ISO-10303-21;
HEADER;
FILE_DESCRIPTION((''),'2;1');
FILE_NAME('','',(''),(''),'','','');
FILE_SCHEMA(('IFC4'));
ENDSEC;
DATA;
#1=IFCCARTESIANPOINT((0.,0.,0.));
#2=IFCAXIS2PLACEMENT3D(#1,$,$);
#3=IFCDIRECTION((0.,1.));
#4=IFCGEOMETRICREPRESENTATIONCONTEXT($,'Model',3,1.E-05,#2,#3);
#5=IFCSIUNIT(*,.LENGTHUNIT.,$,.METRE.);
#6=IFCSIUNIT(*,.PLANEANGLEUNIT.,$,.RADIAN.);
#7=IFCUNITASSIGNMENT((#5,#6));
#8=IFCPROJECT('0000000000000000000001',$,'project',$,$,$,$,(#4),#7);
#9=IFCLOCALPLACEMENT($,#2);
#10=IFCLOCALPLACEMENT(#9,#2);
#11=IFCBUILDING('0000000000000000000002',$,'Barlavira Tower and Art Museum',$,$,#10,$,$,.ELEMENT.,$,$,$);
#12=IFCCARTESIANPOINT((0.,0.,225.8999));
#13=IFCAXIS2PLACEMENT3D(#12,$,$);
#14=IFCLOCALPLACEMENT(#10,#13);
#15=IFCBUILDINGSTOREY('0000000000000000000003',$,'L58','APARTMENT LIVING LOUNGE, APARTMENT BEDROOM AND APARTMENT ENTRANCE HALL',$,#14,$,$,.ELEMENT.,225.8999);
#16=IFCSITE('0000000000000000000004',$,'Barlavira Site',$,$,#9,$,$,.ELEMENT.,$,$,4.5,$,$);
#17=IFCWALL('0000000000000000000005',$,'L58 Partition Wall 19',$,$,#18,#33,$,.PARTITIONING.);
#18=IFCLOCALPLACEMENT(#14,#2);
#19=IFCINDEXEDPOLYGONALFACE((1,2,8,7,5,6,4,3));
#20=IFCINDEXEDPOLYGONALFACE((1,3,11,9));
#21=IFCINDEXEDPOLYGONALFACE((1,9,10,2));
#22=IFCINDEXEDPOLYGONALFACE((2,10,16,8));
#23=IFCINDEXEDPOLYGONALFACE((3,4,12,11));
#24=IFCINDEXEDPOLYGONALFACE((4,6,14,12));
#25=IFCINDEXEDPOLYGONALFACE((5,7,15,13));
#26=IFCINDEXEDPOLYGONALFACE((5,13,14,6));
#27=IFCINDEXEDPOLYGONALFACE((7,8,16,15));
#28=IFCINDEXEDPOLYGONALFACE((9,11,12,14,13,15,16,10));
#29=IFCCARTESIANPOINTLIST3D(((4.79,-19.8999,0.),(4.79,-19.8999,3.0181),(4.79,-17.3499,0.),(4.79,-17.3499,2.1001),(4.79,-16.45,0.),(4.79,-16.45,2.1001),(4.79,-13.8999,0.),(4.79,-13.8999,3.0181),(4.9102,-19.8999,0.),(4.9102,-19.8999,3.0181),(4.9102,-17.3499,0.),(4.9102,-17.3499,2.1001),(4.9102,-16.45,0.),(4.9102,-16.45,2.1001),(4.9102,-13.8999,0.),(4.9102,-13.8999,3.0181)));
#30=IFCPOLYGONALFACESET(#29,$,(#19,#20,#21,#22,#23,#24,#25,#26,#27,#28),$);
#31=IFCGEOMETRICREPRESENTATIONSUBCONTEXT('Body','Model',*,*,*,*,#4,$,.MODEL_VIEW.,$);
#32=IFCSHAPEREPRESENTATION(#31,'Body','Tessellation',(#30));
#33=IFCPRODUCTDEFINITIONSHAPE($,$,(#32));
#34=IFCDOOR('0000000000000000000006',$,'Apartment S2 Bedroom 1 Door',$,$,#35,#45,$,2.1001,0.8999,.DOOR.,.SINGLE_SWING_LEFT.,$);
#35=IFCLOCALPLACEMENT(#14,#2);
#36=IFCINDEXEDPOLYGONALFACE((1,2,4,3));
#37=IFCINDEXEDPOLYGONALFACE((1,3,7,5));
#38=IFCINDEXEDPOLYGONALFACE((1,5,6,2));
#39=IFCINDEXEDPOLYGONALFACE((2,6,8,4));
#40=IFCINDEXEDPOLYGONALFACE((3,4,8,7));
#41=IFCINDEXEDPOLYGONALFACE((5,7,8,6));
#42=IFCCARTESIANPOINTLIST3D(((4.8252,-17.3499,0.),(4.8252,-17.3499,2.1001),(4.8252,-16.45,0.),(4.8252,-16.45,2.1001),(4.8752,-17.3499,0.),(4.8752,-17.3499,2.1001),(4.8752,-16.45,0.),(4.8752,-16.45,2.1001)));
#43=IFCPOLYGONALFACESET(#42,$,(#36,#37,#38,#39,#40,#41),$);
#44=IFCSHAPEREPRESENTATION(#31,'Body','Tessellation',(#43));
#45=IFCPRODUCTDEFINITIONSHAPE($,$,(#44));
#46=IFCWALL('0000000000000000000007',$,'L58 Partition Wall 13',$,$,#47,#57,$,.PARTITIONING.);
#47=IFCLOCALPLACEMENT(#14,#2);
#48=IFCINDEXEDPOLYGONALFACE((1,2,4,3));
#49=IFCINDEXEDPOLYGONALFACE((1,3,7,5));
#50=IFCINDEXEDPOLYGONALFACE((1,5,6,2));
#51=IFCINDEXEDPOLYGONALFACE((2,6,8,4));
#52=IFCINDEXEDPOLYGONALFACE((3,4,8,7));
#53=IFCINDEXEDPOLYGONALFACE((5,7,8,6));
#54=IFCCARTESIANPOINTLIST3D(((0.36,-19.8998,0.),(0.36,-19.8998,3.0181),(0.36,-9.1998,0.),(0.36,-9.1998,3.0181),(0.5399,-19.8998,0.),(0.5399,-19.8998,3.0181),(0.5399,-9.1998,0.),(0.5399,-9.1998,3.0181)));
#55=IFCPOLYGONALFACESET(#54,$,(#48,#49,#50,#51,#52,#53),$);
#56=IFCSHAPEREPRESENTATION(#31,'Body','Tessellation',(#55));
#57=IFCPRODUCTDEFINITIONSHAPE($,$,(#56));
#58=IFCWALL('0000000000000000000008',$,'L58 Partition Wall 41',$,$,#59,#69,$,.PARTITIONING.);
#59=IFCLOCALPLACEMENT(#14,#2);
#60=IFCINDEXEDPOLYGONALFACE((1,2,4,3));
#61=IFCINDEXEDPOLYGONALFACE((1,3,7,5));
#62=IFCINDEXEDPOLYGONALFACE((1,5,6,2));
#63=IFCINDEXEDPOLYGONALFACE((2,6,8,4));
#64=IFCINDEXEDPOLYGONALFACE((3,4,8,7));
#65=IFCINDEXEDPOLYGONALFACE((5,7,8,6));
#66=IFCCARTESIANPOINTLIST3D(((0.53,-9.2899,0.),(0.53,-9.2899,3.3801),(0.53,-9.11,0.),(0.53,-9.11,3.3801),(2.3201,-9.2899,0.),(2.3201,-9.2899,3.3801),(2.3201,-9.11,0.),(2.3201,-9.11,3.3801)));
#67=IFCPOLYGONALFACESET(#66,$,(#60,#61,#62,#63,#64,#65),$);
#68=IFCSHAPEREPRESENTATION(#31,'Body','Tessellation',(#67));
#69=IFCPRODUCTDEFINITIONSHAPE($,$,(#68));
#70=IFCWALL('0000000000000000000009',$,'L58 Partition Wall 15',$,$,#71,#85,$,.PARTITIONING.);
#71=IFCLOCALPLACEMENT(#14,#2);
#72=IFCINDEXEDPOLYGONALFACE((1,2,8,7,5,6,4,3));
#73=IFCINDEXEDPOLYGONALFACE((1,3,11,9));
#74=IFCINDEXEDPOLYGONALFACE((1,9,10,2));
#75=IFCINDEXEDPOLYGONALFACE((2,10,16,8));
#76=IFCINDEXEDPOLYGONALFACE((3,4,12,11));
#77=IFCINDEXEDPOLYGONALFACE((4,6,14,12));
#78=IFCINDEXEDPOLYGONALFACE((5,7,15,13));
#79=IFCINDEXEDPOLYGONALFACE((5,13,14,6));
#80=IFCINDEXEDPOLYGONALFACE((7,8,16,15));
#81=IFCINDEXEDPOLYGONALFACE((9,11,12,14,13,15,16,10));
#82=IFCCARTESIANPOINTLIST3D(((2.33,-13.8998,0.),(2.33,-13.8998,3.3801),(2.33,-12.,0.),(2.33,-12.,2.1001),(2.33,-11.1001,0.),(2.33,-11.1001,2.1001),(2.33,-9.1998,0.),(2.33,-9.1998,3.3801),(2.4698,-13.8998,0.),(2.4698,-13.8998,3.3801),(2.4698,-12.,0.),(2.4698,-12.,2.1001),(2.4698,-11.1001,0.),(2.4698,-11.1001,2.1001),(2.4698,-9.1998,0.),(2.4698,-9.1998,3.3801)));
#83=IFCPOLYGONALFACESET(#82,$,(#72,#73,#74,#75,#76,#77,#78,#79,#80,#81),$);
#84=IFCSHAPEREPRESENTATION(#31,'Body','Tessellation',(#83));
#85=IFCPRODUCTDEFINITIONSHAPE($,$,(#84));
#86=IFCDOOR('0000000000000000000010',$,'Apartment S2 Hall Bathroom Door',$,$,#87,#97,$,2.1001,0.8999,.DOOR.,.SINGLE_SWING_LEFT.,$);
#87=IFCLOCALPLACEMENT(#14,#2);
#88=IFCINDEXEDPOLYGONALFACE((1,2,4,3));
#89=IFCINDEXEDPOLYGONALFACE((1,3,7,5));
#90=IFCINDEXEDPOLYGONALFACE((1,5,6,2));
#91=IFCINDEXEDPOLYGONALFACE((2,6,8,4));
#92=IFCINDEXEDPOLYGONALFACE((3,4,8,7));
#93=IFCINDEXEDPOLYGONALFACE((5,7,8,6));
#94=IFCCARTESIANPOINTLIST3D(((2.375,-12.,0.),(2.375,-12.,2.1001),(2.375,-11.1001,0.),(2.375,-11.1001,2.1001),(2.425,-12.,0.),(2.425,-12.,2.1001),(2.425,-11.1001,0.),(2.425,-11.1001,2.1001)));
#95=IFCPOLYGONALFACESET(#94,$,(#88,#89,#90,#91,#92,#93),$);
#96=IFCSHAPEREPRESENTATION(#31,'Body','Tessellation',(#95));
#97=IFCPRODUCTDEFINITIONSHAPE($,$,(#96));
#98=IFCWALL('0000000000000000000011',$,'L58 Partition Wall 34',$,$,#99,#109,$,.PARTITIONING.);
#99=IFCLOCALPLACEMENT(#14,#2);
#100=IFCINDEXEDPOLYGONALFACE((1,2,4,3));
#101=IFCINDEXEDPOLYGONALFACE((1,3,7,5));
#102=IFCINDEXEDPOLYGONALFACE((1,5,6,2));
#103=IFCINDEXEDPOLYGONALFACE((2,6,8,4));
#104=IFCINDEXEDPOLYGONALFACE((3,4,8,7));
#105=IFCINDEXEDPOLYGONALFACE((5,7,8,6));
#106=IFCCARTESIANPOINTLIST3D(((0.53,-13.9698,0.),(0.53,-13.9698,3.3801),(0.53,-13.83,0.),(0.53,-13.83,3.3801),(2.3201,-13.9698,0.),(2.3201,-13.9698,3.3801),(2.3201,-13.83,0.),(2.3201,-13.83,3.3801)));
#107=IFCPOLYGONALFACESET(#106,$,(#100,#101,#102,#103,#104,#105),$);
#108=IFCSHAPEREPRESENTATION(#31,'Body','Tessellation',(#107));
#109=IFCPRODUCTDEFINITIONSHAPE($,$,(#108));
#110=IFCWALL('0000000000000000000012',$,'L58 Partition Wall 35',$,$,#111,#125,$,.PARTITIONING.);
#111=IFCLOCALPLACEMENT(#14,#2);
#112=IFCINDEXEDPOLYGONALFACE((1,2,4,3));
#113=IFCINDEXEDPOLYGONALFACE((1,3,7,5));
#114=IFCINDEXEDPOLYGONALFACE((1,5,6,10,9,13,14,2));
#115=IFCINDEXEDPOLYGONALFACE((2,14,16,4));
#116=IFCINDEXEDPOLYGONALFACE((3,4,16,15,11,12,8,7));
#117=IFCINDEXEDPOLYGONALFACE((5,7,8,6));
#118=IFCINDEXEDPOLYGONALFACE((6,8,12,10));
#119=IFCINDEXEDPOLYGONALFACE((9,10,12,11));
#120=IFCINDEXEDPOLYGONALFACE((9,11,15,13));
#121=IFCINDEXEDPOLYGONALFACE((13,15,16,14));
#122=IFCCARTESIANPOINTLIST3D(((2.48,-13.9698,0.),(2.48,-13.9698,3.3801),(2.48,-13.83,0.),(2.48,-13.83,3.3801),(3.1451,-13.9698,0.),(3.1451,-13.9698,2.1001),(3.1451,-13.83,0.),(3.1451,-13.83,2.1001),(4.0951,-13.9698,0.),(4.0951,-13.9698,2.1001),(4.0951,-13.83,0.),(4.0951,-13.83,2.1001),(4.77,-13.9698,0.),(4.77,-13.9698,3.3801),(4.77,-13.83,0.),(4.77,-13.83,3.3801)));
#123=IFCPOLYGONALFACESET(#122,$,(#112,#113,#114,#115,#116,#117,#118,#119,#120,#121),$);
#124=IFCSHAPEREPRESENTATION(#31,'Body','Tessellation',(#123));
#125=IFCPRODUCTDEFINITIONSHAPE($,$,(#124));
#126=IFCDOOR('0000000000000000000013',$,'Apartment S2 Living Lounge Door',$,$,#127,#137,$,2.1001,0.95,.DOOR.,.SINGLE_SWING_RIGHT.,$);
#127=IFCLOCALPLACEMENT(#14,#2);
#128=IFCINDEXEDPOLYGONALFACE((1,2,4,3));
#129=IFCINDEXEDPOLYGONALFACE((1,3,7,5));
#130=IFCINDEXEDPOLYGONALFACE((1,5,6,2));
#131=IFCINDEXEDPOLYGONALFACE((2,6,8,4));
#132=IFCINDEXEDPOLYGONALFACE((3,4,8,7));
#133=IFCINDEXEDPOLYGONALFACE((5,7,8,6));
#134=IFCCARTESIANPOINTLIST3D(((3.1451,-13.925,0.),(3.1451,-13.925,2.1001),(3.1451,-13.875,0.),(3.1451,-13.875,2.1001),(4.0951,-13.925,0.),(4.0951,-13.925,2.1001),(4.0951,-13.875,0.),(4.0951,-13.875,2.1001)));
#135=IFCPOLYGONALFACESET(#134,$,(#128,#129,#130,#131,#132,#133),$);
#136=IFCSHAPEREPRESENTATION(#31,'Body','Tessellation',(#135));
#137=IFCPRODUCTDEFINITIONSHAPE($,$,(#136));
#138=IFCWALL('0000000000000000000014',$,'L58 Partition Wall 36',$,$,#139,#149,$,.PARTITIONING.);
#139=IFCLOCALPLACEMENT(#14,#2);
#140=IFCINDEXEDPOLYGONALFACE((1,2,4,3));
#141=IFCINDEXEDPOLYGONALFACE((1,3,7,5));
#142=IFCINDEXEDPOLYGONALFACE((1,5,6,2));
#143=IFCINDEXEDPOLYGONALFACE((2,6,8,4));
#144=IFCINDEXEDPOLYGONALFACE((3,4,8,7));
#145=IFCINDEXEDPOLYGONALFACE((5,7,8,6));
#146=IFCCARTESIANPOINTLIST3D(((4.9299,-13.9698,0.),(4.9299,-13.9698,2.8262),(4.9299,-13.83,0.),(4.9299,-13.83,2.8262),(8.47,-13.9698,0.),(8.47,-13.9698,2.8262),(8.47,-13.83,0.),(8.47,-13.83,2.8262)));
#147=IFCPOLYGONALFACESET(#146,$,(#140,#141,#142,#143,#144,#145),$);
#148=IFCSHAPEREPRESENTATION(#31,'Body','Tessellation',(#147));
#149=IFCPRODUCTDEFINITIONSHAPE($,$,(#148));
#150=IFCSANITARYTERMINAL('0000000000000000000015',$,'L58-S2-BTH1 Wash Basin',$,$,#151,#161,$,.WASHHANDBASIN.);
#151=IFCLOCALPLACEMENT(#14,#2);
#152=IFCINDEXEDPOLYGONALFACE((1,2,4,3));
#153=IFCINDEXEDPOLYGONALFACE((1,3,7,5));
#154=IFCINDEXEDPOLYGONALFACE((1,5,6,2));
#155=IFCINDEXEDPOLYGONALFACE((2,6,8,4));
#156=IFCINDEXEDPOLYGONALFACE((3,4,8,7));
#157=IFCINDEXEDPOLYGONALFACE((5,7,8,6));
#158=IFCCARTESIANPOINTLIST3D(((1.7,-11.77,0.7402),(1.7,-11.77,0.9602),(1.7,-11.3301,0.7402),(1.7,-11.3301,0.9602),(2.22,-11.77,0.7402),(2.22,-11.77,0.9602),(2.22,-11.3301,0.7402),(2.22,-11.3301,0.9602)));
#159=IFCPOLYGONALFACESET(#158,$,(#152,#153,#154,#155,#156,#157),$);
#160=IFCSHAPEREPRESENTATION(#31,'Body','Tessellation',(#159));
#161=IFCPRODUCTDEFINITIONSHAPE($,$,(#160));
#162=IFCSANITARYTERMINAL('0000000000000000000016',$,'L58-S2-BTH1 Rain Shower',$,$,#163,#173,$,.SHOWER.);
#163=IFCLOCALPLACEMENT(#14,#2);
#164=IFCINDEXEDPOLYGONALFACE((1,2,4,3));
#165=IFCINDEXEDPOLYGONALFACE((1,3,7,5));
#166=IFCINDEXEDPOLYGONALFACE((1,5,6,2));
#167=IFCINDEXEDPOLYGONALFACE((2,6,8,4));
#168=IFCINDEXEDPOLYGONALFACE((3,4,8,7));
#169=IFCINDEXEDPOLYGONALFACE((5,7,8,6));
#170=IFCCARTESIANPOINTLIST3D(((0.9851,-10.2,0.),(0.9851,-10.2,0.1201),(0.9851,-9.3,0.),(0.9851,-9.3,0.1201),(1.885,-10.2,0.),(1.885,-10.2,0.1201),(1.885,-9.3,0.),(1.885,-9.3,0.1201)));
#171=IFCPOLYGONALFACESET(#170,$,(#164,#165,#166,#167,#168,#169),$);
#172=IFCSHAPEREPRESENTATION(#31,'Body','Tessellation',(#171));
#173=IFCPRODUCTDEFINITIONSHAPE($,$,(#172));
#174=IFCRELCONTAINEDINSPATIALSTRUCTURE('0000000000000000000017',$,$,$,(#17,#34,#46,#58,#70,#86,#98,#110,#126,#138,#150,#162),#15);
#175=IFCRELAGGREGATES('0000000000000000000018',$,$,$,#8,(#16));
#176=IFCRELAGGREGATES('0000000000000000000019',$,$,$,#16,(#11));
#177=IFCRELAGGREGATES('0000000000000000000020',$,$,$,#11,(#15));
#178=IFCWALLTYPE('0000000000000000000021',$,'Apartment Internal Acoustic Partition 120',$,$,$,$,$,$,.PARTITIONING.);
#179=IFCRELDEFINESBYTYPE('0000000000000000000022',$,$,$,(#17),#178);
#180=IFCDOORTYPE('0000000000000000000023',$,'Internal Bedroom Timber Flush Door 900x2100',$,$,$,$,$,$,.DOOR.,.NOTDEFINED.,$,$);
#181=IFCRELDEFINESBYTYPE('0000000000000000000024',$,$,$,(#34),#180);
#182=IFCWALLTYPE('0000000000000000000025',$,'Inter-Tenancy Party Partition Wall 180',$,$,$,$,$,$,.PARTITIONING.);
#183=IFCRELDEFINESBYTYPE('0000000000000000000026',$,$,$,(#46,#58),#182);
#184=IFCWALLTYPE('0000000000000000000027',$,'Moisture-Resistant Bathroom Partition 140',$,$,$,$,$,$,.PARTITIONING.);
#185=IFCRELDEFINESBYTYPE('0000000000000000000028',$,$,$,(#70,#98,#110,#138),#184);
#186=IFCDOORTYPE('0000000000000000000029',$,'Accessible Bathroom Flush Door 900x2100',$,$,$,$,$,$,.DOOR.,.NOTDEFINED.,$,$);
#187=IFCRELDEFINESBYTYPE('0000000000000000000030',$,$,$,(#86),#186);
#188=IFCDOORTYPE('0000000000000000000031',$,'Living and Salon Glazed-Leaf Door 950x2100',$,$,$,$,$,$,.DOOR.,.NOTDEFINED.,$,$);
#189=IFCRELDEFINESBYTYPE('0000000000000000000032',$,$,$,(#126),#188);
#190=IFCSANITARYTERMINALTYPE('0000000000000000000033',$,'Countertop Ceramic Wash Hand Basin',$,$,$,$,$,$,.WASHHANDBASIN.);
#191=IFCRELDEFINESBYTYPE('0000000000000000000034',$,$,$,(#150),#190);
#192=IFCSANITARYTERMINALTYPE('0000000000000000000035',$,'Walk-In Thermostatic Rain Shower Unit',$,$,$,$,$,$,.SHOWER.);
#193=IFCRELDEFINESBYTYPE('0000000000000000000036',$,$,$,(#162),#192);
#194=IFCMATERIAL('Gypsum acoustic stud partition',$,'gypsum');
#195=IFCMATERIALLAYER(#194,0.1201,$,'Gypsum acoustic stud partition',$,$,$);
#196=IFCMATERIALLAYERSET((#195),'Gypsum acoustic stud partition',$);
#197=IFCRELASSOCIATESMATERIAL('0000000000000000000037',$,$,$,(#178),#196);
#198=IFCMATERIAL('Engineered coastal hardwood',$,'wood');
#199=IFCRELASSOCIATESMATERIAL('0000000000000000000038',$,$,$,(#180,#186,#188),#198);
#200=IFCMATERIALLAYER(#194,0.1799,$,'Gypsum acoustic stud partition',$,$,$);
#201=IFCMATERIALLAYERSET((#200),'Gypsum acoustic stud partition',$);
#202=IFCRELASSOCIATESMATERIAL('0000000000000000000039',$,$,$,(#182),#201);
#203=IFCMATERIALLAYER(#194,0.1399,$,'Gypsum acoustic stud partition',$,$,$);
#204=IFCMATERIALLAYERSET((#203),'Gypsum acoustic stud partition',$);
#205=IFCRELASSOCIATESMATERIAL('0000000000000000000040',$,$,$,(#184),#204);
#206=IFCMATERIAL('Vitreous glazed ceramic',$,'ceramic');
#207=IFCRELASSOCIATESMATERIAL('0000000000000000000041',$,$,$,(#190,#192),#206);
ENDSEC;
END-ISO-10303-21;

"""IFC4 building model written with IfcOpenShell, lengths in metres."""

from ifc_helpers import new_model, si_unit, direction, frame, frame_2d, origin, origin_2d, place, context, subcontext, project, spatial, rectangle, extrude, material, layer, layer_set, type_object, element, fill, save


model = new_model("IFC4")

# Units and contexts
model_context = context("Model", 3, precision=1e-05, world=origin(), true_north=direction((0.0, 1.0)))
body_context = subcontext(model_context, "Body", "Model", "MODEL_VIEW")
ifc_project = project(units=[si_unit("LENGTHUNIT", "METRE"), si_unit("PLANEANGLEUNIT", "RADIAN")], contexts=[model_context])

# Site, building, storey
site_placement = place(None, origin())
site = spatial("IfcSite", under=ifc_project, at=site_placement, Name="Barlavira Site", CompositionType="ELEMENT", RefElevation=4.5)
building_placement = place(site_placement, origin())
building = spatial("IfcBuilding", under=site, at=building_placement, Name="Barlavira Tower and Art Museum", CompositionType="ELEMENT")
storey_placement = place(building_placement, frame((0.0, 0.0, 225.8999)))
storey = spatial("IfcBuildingStorey", under=building, at=storey_placement, Name="L58", Description="APARTMENT LIVING LOUNGE, APARTMENT BEDROOM AND APARTMENT ENTRANCE HALL", CompositionType="ELEMENT", Elevation=225.8999)

# Wall, opening, door
ifc_material_1 = material(Name="Gypsum acoustic stud partition", Category="gypsum")
ifc_layer_1 = layer(ifc_material_1, 0.1201, Name="Gypsum acoustic stud partition")
ifc_layer_set_1 = layer_set([ifc_layer_1], Name="Gypsum acoustic stud partition")
wall_type_1 = type_object("IfcWallType", Name="Apartment Internal Acoustic Partition 120", PredefinedType="PARTITIONING", material=ifc_layer_set_1)
wall_1_placement = place(storey_placement, frame((4.8501, -19.8999, 0.0), z_axis=(0.0, 0.0, 1.0), x_axis=(0.0, 1.0, 0.0)))
wall_1 = element("IfcWall", 1, at=wall_1_placement, inside=storey, type_object=wall_type_1, Name="L58 Partition Wall 19", PredefinedType="PARTITIONING", context=body_context, shape_type="SweptSolid", body=[
    extrude(rectangle(XDim=6.0, YDim=0.1201, at=frame_2d((3.0, 0.0))), origin(), (0.0, 0.0, 1.0), 3.0181),
])
opening_1_placement = place(wall_1_placement, frame((2.55, 0.0, 0.0)))
opening_1 = element("IfcOpeningElement", 2, at=opening_1_placement, cuts=wall_1, PredefinedType="OPENING", context=body_context, shape_type="SweptSolid", body=[
    extrude(rectangle(XDim=0.8999, YDim=2.1001, at=frame_2d((0.45, 1.05))), frame((0.0, 0.0701, 0.0), z_axis=(0.0, -1.0, 0.0), x_axis=(1.0, 0.0, 0.0)), (0.0, 0.0, 1.0), 0.1401),
])
ifc_material_2 = material(Name="Engineered coastal hardwood", Category="wood")
door_type_1 = type_object("IfcDoorType", Name="Internal Bedroom Timber Flush Door 900x2100", OperationType="NOTDEFINED", PredefinedType="DOOR", material=ifc_material_2)
door_1_placement = place(opening_1_placement, origin())
door_1 = element("IfcDoor", 3, at=door_1_placement, inside=storey, type_object=door_type_1, Name="Apartment S2 Bedroom 1 Door", OperationType="SINGLE_SWING_LEFT", OverallHeight=2.1001, OverallWidth=0.8999, PredefinedType="DOOR", context=body_context, shape_type="SweptSolid", body=[
    extrude(rectangle(XDim=0.8999, YDim=2.1001, at=frame_2d((0.45, 1.05))), frame((0.0, 0.0249, 0.0), z_axis=(0.0, -1.0, 0.0), x_axis=(1.0, 0.0, 0.0)), (0.0, 0.0, 1.0), 0.05),
])
fill(opening_1, door_1)

# Walls
ifc_layer_2 = layer(ifc_material_1, 0.1799, Name="Gypsum acoustic stud partition")
ifc_layer_set_2 = layer_set([ifc_layer_2], Name="Gypsum acoustic stud partition")
wall_type_2 = type_object("IfcWallType", Name="Inter-Tenancy Party Partition Wall 180", PredefinedType="PARTITIONING", material=ifc_layer_set_2)
wall_2_placement = place(storey_placement, frame((0.45, -19.8999, 0.0), z_axis=(0.0, 0.0, 1.0), x_axis=(0.0, 1.0, 0.0)))
element("IfcWall", 4, at=wall_2_placement, inside=storey, type_object=wall_type_2, Name="L58 Partition Wall 13", PredefinedType="PARTITIONING", context=body_context, shape_type="SweptSolid", body=[
    extrude(rectangle(XDim=10.7, YDim=0.1799, at=frame_2d((5.3501, 0.0))), origin(), (0.0, 0.0, 1.0), 3.0181),
])
wall_3_placement = place(storey_placement, frame((0.53, -9.2, 0.0), z_axis=(0.0, 0.0, 1.0), x_axis=(1.0, 0.0, 0.0)))
element("IfcWall", 5, at=wall_3_placement, inside=storey, type_object=wall_type_2, Name="L58 Partition Wall 41", PredefinedType="PARTITIONING", context=body_context, shape_type="SweptSolid", body=[
    extrude(rectangle(XDim=1.79, YDim=0.1799, at=frame_2d((0.895, 0.0))), origin(), (0.0, 0.0, 1.0), 3.3801),
])

# Wall, opening, door
ifc_layer_3 = layer(ifc_material_1, 0.1399, Name="Gypsum acoustic stud partition")
ifc_layer_set_3 = layer_set([ifc_layer_3], Name="Gypsum acoustic stud partition")
wall_type_3 = type_object("IfcWallType", Name="Moisture-Resistant Bathroom Partition 140", PredefinedType="PARTITIONING", material=ifc_layer_set_3)
wall_4_placement = place(storey_placement, frame((2.3999, -13.8999, 0.0), z_axis=(0.0, 0.0, 1.0), x_axis=(0.0, 1.0, 0.0)))
wall_4 = element("IfcWall", 6, at=wall_4_placement, inside=storey, type_object=wall_type_3, Name="L58 Partition Wall 15", PredefinedType="PARTITIONING", context=body_context, shape_type="SweptSolid", body=[
    extrude(rectangle(XDim=4.7, YDim=0.1399, at=frame_2d((2.3501, 0.0))), origin(), (0.0, 0.0, 1.0), 3.3801),
])
opening_2_placement = place(wall_4_placement, frame((1.8999, 0.0, 0.0)))
opening_2 = element("IfcOpeningElement", 7, at=opening_2_placement, cuts=wall_4, PredefinedType="OPENING", context=body_context, shape_type="SweptSolid", body=[
    extrude(rectangle(XDim=0.8999, YDim=2.1001, at=frame_2d((0.45, 1.05))), frame((0.0, 0.0801, 0.0), z_axis=(0.0, -1.0, 0.0), x_axis=(1.0, 0.0, 0.0)), (0.0, 0.0, 1.0), 0.1599),
])
door_type_2 = type_object("IfcDoorType", Name="Accessible Bathroom Flush Door 900x2100", OperationType="NOTDEFINED", PredefinedType="DOOR", material=ifc_material_2)
door_2_placement = place(opening_2_placement, origin())
door_2 = element("IfcDoor", 8, at=door_2_placement, inside=storey, type_object=door_type_2, Name="Apartment S2 Hall Bathroom Door", OperationType="SINGLE_SWING_LEFT", OverallHeight=2.1001, OverallWidth=0.8999, PredefinedType="DOOR", context=body_context, shape_type="SweptSolid", body=[
    extrude(rectangle(XDim=0.8999, YDim=2.1001, at=frame_2d((0.45, 1.05))), frame((0.0, 0.0249, 0.0), z_axis=(0.0, -1.0, 0.0), x_axis=(1.0, 0.0, 0.0)), (0.0, 0.0, 1.0), 0.05),
])
fill(opening_2, door_2)

# Wall
wall_5_placement = place(storey_placement, frame((0.53, -13.8999, 0.0), z_axis=(0.0, 0.0, 1.0), x_axis=(1.0, 0.0, 0.0)))
element("IfcWall", 9, at=wall_5_placement, inside=storey, type_object=wall_type_3, Name="L58 Partition Wall 34", PredefinedType="PARTITIONING", context=body_context, shape_type="SweptSolid", body=[
    extrude(rectangle(XDim=1.79, YDim=0.1399, at=frame_2d((0.895, 0.0))), origin(), (0.0, 0.0, 1.0), 3.3801),
])

# Wall, opening, door
wall_6_placement = place(storey_placement, frame((2.48, -13.8999, 0.0), z_axis=(0.0, 0.0, 1.0), x_axis=(1.0, 0.0, 0.0)))
wall_6 = element("IfcWall", 10, at=wall_6_placement, inside=storey, type_object=wall_type_3, Name="L58 Partition Wall 35", PredefinedType="PARTITIONING", context=body_context, shape_type="SweptSolid", body=[
    extrude(rectangle(XDim=2.29, YDim=0.1399, at=frame_2d((1.145, 0.0))), origin(), (0.0, 0.0, 1.0), 3.3801),
])
opening_3_placement = place(wall_6_placement, frame((0.665, 0.0, 0.0)))
opening_3 = element("IfcOpeningElement", 11, at=opening_3_placement, cuts=wall_6, PredefinedType="OPENING", context=body_context, shape_type="SweptSolid", body=[
    extrude(rectangle(XDim=0.95, YDim=2.1001, at=frame_2d((0.4751, 1.05))), frame((0.0, 0.0801, 0.0), z_axis=(0.0, -1.0, 0.0), x_axis=(1.0, 0.0, 0.0)), (0.0, 0.0, 1.0), 0.1599),
])
door_type_3 = type_object("IfcDoorType", Name="Living and Salon Glazed-Leaf Door 950x2100", OperationType="NOTDEFINED", PredefinedType="DOOR", material=ifc_material_2)
door_3_placement = place(opening_3_placement, origin())
door_3 = element("IfcDoor", 12, at=door_3_placement, inside=storey, type_object=door_type_3, Name="Apartment S2 Living Lounge Door", OperationType="SINGLE_SWING_RIGHT", OverallHeight=2.1001, OverallWidth=0.95, PredefinedType="DOOR", context=body_context, shape_type="SweptSolid", body=[
    extrude(rectangle(XDim=0.95, YDim=2.1001, at=frame_2d((0.4751, 1.05))), frame((0.0, 0.0249, 0.0), z_axis=(0.0, -1.0, 0.0), x_axis=(1.0, 0.0, 0.0)), (0.0, 0.0, 1.0), 0.05),
])
fill(opening_3, door_3)

# Wall
wall_7_placement = place(storey_placement, frame((4.9299, -13.8999, 0.0), z_axis=(0.0, 0.0, 1.0), x_axis=(1.0, 0.0, 0.0)))
element("IfcWall", 13, at=wall_7_placement, inside=storey, type_object=wall_type_3, Name="L58 Partition Wall 36", PredefinedType="PARTITIONING", context=body_context, shape_type="SweptSolid", body=[
    extrude(rectangle(XDim=3.54, YDim=0.1399, at=frame_2d((1.77, 0.0))), origin(), (0.0, 0.0, 1.0), 2.8262),
])

# Sanitary terminals
ifc_material_3 = material(Name="Vitreous glazed ceramic", Category="ceramic")
sanitary_terminal_type_1 = type_object("IfcSanitaryTerminalType", Name="Countertop Ceramic Wash Hand Basin", PredefinedType="WASHHANDBASIN", material=ifc_material_3)
sanitary_terminal_1_placement = place(storey_placement, frame((1.96, -11.55, 0.7402), z_axis=(0.0, 0.0, 1.0), x_axis=(1.0, 0.0, 0.0)))
element("IfcSanitaryTerminal", 14, at=sanitary_terminal_1_placement, inside=storey, type_object=sanitary_terminal_type_1, Name="L58-S2-BTH1 Wash Basin", PredefinedType="WASHHANDBASIN", context=body_context, shape_type="SweptSolid", body=[
    extrude(rectangle(XDim=0.52, YDim=0.4399, at=origin_2d()), origin(), (0.0, 0.0, 1.0), 0.22),
])
sanitary_terminal_type_2 = type_object("IfcSanitaryTerminalType", Name="Walk-In Thermostatic Rain Shower Unit", PredefinedType="SHOWER", material=ifc_material_3)
sanitary_terminal_2_placement = place(storey_placement, frame((1.4351, -9.75, 0.0), z_axis=(0.0, 0.0, 1.0), x_axis=(1.0, 0.0, 0.0)))
element("IfcSanitaryTerminal", 15, at=sanitary_terminal_2_placement, inside=storey, type_object=sanitary_terminal_type_2, Name="L58-S2-BTH1 Rain Shower", PredefinedType="SHOWER", context=body_context, shape_type="SweptSolid", body=[
    extrude(rectangle(XDim=0.8999, YDim=0.8999, at=origin_2d()), origin(), (0.0, 0.0, 1.0), 0.1201),
])

save(model, "model.ifc")
